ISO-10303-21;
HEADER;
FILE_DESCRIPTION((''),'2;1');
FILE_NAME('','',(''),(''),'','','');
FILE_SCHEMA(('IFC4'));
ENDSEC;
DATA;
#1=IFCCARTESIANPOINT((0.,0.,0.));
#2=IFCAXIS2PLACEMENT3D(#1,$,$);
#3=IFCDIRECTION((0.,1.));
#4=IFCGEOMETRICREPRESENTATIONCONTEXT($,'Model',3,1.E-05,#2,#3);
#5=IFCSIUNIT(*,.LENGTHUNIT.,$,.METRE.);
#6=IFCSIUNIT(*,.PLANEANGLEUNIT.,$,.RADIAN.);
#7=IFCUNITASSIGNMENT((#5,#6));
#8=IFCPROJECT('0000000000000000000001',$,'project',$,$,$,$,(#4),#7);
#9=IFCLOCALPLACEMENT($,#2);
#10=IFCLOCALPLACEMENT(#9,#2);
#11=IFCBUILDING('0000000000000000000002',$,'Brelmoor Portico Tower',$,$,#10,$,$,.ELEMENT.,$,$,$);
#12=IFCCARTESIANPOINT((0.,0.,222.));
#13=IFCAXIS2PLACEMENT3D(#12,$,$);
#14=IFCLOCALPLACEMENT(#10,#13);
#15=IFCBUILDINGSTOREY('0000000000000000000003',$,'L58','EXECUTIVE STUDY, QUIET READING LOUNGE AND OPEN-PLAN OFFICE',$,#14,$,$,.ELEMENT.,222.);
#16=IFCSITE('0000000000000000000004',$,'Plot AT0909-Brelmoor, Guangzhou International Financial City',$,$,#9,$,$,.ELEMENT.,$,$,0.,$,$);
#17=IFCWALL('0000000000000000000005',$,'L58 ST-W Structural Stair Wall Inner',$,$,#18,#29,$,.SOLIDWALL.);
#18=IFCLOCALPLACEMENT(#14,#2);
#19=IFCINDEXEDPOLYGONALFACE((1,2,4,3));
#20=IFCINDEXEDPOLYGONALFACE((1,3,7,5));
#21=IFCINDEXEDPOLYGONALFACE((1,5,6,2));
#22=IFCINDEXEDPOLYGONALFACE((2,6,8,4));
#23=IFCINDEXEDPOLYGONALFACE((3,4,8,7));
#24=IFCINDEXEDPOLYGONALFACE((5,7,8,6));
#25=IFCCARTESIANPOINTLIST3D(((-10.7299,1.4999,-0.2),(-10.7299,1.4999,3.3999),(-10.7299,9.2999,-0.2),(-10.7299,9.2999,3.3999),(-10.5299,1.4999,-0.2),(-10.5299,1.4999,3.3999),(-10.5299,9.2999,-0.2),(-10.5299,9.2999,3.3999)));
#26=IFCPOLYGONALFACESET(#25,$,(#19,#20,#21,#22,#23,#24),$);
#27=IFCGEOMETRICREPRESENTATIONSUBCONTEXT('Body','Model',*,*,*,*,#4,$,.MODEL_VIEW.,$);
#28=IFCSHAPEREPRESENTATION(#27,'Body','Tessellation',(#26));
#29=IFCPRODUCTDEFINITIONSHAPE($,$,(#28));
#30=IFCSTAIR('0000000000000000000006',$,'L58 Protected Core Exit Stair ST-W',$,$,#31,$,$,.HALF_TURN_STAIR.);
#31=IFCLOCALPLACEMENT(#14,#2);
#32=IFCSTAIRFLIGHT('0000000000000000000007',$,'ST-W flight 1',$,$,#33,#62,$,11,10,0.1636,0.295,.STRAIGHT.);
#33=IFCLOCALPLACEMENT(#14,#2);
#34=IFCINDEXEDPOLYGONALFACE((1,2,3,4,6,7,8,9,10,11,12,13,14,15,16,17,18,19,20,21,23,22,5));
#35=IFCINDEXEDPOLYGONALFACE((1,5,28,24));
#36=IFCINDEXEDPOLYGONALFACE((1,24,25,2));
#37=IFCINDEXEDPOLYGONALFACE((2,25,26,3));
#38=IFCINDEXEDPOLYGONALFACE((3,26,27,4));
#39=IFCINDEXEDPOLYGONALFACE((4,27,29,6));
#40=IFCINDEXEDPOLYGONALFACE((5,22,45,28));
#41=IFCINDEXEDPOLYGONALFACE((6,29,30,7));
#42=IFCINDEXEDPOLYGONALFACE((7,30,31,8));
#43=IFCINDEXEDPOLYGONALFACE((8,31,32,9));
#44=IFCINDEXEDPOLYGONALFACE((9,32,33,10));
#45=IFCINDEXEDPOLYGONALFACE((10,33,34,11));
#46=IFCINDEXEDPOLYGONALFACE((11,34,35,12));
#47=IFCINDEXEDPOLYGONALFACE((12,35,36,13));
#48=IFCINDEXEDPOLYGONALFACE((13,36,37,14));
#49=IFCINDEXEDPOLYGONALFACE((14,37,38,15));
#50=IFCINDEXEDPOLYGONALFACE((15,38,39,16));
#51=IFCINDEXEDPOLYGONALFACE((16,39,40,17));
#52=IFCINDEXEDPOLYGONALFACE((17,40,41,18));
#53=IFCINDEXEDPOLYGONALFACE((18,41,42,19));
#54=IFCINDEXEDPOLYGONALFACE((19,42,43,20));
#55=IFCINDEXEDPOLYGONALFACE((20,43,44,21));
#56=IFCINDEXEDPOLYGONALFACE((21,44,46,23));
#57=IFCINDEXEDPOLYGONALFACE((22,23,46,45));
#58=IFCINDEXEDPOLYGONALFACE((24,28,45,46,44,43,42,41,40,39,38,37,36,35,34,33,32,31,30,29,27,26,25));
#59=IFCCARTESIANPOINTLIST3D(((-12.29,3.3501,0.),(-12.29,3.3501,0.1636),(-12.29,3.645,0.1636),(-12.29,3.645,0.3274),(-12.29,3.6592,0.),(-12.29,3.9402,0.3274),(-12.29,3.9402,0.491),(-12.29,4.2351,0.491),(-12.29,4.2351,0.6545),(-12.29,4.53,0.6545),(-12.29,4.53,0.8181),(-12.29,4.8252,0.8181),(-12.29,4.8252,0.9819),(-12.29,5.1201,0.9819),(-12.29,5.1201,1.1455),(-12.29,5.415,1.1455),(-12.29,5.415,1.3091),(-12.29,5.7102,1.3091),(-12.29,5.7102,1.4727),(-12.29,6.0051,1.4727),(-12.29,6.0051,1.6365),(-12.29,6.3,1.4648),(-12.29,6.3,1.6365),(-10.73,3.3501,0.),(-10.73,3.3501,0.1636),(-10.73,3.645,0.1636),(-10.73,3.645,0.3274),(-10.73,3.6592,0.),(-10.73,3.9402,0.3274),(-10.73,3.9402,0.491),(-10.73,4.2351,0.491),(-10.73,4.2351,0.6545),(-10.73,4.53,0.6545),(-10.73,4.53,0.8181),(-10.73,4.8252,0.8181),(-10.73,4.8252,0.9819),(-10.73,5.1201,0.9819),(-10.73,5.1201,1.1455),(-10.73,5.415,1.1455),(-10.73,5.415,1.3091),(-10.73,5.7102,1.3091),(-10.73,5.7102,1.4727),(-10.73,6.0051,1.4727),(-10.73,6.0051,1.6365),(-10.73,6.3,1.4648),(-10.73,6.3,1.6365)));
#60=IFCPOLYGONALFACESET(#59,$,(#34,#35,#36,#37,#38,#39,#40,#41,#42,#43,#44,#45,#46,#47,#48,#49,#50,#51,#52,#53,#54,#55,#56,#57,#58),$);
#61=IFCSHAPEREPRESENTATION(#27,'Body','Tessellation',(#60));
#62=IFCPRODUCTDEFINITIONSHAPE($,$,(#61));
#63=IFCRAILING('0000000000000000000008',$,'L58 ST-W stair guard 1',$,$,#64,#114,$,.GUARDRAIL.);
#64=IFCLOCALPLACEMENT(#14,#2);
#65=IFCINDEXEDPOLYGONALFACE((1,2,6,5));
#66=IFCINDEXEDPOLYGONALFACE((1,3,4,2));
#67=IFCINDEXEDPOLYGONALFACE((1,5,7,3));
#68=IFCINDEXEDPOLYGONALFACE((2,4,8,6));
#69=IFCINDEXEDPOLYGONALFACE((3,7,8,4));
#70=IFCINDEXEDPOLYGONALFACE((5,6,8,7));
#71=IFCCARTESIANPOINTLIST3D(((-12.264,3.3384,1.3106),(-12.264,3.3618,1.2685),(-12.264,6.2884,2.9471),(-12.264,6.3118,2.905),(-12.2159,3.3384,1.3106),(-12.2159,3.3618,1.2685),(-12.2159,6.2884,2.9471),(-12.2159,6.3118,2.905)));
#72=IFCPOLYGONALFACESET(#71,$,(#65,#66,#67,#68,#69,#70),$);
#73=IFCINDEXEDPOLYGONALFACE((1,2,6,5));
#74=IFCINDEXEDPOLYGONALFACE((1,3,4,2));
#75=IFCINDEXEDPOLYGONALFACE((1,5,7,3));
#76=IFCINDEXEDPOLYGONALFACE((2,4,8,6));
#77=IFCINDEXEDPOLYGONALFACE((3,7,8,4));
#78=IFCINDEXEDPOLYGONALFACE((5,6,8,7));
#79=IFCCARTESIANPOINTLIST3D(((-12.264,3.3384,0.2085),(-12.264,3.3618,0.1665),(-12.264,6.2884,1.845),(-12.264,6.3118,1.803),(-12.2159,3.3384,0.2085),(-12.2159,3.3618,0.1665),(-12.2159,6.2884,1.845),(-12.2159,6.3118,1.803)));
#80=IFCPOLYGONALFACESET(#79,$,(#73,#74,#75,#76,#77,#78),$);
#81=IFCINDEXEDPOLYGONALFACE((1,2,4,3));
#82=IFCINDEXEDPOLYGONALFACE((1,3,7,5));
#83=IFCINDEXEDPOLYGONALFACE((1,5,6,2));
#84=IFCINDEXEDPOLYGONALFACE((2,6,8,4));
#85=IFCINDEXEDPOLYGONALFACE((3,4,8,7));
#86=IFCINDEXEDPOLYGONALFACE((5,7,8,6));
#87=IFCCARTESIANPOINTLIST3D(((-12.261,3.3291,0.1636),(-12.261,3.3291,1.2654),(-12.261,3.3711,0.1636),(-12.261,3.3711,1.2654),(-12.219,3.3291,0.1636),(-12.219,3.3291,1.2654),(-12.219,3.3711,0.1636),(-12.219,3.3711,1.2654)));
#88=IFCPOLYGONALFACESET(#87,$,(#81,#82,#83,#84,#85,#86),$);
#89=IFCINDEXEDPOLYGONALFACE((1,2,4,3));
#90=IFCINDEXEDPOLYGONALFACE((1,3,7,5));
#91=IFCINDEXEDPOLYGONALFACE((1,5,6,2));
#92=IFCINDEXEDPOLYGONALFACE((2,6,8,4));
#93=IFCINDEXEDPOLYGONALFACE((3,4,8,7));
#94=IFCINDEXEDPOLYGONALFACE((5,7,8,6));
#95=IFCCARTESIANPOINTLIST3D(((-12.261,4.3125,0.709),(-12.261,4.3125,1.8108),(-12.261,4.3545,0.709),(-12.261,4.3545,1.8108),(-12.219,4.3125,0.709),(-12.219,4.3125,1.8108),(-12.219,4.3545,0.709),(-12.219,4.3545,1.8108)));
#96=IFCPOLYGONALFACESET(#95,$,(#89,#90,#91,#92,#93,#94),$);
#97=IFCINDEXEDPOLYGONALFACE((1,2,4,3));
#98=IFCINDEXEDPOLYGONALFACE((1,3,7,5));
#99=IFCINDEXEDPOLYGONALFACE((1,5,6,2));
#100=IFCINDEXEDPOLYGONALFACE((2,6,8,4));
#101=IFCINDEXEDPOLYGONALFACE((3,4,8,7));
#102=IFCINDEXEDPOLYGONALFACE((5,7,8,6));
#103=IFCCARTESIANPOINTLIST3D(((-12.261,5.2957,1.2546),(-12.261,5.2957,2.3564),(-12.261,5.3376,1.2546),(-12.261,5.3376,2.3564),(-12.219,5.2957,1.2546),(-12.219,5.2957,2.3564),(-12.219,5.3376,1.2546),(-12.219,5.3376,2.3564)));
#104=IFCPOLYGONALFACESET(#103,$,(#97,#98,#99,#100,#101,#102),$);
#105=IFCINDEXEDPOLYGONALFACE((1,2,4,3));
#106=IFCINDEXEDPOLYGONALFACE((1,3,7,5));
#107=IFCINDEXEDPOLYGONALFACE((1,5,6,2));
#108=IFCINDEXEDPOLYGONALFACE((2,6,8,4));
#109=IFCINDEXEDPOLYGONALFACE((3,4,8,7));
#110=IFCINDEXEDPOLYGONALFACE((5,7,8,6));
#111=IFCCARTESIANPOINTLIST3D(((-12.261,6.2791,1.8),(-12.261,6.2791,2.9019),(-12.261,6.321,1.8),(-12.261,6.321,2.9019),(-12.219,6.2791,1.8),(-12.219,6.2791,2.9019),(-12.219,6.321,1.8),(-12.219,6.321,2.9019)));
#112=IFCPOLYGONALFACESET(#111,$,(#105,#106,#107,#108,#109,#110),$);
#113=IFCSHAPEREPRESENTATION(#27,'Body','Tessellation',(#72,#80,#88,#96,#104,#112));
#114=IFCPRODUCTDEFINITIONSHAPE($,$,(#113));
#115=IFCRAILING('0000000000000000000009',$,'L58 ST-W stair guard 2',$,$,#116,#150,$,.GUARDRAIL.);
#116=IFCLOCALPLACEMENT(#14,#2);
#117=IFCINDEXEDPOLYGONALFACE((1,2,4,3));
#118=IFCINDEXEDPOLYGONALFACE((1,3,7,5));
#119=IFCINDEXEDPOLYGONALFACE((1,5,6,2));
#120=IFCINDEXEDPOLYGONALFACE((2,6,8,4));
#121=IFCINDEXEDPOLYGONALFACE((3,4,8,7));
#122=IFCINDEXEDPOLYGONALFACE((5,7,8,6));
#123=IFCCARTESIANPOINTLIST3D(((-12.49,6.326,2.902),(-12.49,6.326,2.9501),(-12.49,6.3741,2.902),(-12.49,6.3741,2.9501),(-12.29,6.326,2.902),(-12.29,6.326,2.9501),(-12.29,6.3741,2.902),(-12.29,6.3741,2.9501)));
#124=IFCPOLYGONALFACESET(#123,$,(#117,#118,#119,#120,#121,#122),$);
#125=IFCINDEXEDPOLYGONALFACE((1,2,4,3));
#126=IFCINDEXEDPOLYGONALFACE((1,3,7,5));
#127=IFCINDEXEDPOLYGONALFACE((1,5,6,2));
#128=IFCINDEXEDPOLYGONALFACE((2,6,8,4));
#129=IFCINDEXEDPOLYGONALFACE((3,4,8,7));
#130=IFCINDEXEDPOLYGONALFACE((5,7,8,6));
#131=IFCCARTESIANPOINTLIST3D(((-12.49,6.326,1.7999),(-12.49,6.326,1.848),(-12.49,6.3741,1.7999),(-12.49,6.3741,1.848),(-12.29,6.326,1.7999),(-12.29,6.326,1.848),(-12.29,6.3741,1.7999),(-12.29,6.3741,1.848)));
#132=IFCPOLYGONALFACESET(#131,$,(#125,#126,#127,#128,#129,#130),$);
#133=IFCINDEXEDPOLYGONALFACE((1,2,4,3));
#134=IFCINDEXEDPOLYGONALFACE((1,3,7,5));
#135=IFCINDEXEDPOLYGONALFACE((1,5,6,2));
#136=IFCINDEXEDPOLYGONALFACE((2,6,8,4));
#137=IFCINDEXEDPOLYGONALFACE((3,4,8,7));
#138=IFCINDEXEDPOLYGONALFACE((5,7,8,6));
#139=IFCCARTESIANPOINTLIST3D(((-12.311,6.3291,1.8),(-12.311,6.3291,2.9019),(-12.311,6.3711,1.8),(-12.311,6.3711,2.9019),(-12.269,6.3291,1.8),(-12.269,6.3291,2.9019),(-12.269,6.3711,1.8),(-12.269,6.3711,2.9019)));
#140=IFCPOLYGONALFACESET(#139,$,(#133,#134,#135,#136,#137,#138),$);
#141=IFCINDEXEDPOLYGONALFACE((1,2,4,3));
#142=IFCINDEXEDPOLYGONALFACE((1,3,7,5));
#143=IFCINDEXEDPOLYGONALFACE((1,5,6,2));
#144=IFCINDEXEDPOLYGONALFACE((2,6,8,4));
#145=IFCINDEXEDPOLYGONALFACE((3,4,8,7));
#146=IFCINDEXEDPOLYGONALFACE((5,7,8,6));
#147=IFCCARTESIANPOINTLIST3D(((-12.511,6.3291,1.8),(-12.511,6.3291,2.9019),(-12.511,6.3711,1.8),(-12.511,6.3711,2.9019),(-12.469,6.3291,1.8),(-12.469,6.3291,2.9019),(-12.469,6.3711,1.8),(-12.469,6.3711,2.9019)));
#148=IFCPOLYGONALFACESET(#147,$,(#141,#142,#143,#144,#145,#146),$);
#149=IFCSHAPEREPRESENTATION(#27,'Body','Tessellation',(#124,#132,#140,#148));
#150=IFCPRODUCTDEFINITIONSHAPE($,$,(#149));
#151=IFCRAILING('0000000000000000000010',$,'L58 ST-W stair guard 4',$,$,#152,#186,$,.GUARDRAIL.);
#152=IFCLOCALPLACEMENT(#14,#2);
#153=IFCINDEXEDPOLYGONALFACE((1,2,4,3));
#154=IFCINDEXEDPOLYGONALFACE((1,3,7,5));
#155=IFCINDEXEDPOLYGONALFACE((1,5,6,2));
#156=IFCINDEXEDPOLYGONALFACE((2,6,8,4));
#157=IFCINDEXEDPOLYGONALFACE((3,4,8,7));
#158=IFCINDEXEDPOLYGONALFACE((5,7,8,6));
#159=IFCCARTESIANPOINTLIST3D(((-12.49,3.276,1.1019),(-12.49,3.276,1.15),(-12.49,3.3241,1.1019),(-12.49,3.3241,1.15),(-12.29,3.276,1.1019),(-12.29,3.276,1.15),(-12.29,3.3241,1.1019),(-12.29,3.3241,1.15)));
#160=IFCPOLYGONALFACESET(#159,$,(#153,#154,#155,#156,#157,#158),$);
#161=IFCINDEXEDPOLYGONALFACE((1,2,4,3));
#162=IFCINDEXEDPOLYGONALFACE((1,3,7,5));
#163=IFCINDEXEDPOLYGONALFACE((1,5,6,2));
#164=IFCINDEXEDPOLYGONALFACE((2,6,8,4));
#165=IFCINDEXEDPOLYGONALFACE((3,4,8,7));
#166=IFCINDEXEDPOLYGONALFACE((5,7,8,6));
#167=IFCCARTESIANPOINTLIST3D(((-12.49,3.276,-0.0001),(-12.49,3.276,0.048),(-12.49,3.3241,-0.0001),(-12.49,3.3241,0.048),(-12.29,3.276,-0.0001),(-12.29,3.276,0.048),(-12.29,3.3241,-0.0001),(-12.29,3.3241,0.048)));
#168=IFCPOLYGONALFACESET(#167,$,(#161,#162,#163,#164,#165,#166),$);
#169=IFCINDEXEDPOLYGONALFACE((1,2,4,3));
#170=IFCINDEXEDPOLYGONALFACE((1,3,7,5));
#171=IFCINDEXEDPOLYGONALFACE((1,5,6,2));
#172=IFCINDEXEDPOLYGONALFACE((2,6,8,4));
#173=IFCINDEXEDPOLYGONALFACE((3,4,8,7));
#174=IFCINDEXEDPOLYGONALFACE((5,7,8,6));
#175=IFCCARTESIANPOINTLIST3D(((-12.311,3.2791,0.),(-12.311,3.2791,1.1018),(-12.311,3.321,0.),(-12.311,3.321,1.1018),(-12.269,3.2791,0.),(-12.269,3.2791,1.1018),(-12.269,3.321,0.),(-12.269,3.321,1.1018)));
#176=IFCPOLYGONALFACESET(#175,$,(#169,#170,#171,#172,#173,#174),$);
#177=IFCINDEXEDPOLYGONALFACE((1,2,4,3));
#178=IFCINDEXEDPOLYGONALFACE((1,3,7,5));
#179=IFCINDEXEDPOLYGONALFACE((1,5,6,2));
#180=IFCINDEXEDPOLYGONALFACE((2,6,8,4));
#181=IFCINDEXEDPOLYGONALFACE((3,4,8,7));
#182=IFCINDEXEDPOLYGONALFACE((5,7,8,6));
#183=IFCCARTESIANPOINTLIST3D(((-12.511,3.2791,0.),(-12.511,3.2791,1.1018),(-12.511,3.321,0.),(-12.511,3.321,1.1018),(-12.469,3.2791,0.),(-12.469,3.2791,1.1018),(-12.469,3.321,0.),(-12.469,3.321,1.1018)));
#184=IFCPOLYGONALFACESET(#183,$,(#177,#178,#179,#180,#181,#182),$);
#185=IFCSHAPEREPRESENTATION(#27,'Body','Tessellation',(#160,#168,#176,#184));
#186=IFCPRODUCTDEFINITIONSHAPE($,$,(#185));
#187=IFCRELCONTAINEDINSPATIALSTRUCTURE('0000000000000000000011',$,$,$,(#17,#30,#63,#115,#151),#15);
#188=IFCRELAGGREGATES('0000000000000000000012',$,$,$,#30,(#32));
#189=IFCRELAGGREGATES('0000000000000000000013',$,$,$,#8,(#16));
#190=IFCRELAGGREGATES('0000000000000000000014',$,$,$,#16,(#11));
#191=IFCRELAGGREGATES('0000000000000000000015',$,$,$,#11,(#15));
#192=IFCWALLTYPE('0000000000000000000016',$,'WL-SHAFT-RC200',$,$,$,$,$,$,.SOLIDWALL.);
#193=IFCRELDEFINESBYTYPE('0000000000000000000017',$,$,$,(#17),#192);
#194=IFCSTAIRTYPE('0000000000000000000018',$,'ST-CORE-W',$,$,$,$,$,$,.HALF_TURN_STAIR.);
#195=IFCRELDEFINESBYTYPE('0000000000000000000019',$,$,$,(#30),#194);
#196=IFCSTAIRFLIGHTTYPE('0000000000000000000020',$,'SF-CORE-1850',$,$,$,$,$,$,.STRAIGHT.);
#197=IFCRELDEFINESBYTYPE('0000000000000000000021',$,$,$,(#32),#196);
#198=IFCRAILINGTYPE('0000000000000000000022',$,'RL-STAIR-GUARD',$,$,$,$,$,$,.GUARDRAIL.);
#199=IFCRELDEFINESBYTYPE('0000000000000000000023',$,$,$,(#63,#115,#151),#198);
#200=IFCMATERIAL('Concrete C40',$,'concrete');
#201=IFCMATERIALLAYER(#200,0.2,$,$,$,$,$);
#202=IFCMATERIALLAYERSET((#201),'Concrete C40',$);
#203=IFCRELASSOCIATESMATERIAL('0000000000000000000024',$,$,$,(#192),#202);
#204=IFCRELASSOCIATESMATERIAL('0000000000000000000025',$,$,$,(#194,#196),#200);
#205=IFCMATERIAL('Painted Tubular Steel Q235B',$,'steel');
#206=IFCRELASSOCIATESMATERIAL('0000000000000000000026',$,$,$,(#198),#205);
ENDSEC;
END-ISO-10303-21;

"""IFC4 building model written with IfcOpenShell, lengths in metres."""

from ifc_helpers import new_model, si_unit, direction, frame, frame_2d, origin, origin_2d, place, context, subcontext, project, spatial, polyline, rectangle, outline, extrude, material, layer, layer_set, type_object, element, aggregate, save


model = new_model("IFC4")

# Units and contexts
model_context = context("Model", 3, precision=1e-05, world=origin(), true_north=direction((0.0, 1.0)))
body_context = subcontext(model_context, "Body", "Model", "MODEL_VIEW")
ifc_project = project(units=[si_unit("LENGTHUNIT", "METRE"), si_unit("PLANEANGLEUNIT", "RADIAN")], contexts=[model_context])

# Site, building, storey
site_placement = place(None, origin())
site = spatial("IfcSite", under=ifc_project, at=site_placement, Name="Plot AT0909-Brelmoor, Guangzhou International Financial City", CompositionType="ELEMENT", RefElevation=0.0)
building_placement = place(site_placement, origin())
building = spatial("IfcBuilding", under=site, at=building_placement, Name="Brelmoor Portico Tower", CompositionType="ELEMENT")
storey_placement = place(building_placement, frame((0.0, 0.0, 222.0)))
storey = spatial("IfcBuildingStorey", under=building, at=storey_placement, Name="L58", Description="EXECUTIVE STUDY, QUIET READING LOUNGE AND OPEN-PLAN OFFICE", CompositionType="ELEMENT", Elevation=222.0)

# Shared definitions
ifc_material_1 = material(Name="Concrete C40", Category="concrete")

# Wall
ifc_layer_1 = layer(ifc_material_1, 0.2)
ifc_layer_set_1 = layer_set([ifc_layer_1], Name="Concrete C40")
wall_type_1 = type_object("IfcWallType", Name="WL-SHAFT-RC200", PredefinedType="SOLIDWALL", material=ifc_layer_set_1)
wall_1_placement = place(storey_placement, frame((-10.6299, 1.5, -0.2), z_axis=(0.0, 0.0, 1.0), x_axis=(0.0, 1.0, 0.0)))
element("IfcWall", 1, at=wall_1_placement, inside=storey, type_object=wall_type_1, Name="L58 ST-W Structural Stair Wall Inner", PredefinedType="SOLIDWALL", context=body_context, shape_type="SweptSolid", body=[
    extrude(rectangle(XDim=7.8, YDim=0.2, at=frame_2d((3.8999, 0.0))), origin(), (0.0, 0.0, 1.0), 3.5999),
])

# Stair, stair flight
stair_type = type_object("IfcStairType", Name="ST-CORE-W", PredefinedType="HALF_TURN_STAIR", material=ifc_material_1)
stair_placement = place(storey_placement, origin())
stair = element("IfcStair", 2, at=stair_placement, inside=storey, type_object=stair_type, Name="L58 Protected Core Exit Stair ST-W", PredefinedType="HALF_TURN_STAIR")
stair_flight_type = type_object("IfcStairFlightType", Name="SF-CORE-1850", PredefinedType="STRAIGHT", material=ifc_material_1)
stair_flight_placement = place(storey_placement, frame((-11.51, 3.3501, 0.0), z_axis=(0.0, 0.0, 1.0), x_axis=(0.0, 1.0, 0.0)))
stair_flight = element("IfcStairFlight", 3, at=stair_flight_placement, type_object=stair_flight_type, Name="ST-W flight 1", NumberOfRisers=11, NumberOfTreads=10, PredefinedType="STRAIGHT", RiserHeight=0.1636, TreadLength=0.295, context=body_context, shape_type="SweptSolid", body=[
    extrude(outline(polyline([(0.0, 0.0), (0.0, 0.1636), (0.2949, 0.1636), (0.2949, 0.3274), (0.5901, 0.3274), (0.5901, 0.491), (0.885, 0.491), (0.885, 0.6545), (1.1799, 0.6545), (1.1799, 0.8181), (1.4751, 0.8181), (1.4751, 0.9819), (1.77, 0.9819), (1.77, 1.1455), (2.0649, 1.1455), (2.0649, 1.3091), (2.3601, 1.3091), (2.3601, 1.4727), (2.655, 1.4727), (2.655, 1.6365), (2.95, 1.6365), (2.95, 1.8), (2.95, 1.4648), (0.3091, 0.0), (0.0, 0.0)])), frame((0.0, 0.78, 0.0), z_axis=(0.0, -1.0, 0.0), x_axis=(1.0, 0.0, 0.0)), (0.0, 0.0, 1.0), 1.5601),
])
aggregate(stair, [stair_flight])

# Railings
ifc_material_2 = material(Name="Painted Tubular Steel Q235B", Category="steel")
railing_type_1 = type_object("IfcRailingType", Name="RL-STAIR-GUARD", PredefinedType="GUARDRAIL", material=ifc_material_2)
railing_1_placement = place(storey_placement, frame((-12.24, 3.3501, 0.1636)))
element("IfcRailing", 4, at=railing_1_placement, inside=storey, type_object=railing_type_1, Name="L58 ST-W stair guard 1", PredefinedType="GUARDRAIL", context=body_context, shape_type="SweptSolid", body=[
    extrude(rectangle(XDim=0.0481, YDim=0.0481, at=origin_2d()), frame((0.0, 0.0, 1.126), z_axis=(0.0, 0.874458, 0.485102), x_axis=(-1.0, 0.0, 0.0)), (0.0, 0.0, 1.0), 3.3735),
    extrude(rectangle(XDim=0.0481, YDim=0.0481, at=origin_2d()), frame((0.0, 0.0, 0.0239), z_axis=(0.0, 0.874458, 0.485102), x_axis=(-1.0, 0.0, 0.0)), (0.0, 0.0, 1.0), 3.3735),
    extrude(rectangle(XDim=0.042, YDim=0.042, at=origin_2d()), origin(), (0.0, 0.0, 1.0), 1.1018),
    extrude(rectangle(XDim=0.042, YDim=0.042, at=origin_2d()), frame((0.0, 0.9834, 0.5454)), (0.0, 0.0, 1.0), 1.1018),
    extrude(rectangle(XDim=0.042, YDim=0.042, at=origin_2d()), frame((0.0, 1.9666, 1.0911)), (0.0, 0.0, 1.0), 1.1018),
    extrude(rectangle(XDim=0.042, YDim=0.042, at=origin_2d()), frame((0.0, 2.95, 1.6365)), (0.0, 0.0, 1.0), 1.1018),
])
for number, where, name in (
    (5, (-12.29, 6.3501, 1.8), "L58 ST-W stair guard 2"),
    (6, (-12.29, 3.3, 0.0), "L58 ST-W stair guard 4"),
):
    element("IfcRailing", number, at=place(storey_placement, frame(where)), inside=storey, type_object=railing_type_1, Name=name, PredefinedType="GUARDRAIL", context=body_context, shape_type="SweptSolid", body=[
        extrude(rectangle(XDim=0.0481, YDim=0.0481, at=origin_2d()), frame((0.0, 0.0, 1.126), z_axis=(-1.0, 0.0, 0.0), x_axis=(0.0, -1.0, 0.0)), (0.0, 0.0, 1.0), 0.2),
        extrude(rectangle(XDim=0.0481, YDim=0.0481, at=origin_2d()), frame((0.0, 0.0, 0.0239), z_axis=(-1.0, 0.0, 0.0), x_axis=(0.0, -1.0, 0.0)), (0.0, 0.0, 1.0), 0.2),
        extrude(rectangle(XDim=0.042, YDim=0.042, at=origin_2d()), origin(), (0.0, 0.0, 1.0), 1.1018),
        extrude(rectangle(XDim=0.042, YDim=0.042, at=origin_2d()), frame((-0.2, 0.0, 0.0)), (0.0, 0.0, 1.0), 1.1018),
    ])

save(model, "model.ifc")
